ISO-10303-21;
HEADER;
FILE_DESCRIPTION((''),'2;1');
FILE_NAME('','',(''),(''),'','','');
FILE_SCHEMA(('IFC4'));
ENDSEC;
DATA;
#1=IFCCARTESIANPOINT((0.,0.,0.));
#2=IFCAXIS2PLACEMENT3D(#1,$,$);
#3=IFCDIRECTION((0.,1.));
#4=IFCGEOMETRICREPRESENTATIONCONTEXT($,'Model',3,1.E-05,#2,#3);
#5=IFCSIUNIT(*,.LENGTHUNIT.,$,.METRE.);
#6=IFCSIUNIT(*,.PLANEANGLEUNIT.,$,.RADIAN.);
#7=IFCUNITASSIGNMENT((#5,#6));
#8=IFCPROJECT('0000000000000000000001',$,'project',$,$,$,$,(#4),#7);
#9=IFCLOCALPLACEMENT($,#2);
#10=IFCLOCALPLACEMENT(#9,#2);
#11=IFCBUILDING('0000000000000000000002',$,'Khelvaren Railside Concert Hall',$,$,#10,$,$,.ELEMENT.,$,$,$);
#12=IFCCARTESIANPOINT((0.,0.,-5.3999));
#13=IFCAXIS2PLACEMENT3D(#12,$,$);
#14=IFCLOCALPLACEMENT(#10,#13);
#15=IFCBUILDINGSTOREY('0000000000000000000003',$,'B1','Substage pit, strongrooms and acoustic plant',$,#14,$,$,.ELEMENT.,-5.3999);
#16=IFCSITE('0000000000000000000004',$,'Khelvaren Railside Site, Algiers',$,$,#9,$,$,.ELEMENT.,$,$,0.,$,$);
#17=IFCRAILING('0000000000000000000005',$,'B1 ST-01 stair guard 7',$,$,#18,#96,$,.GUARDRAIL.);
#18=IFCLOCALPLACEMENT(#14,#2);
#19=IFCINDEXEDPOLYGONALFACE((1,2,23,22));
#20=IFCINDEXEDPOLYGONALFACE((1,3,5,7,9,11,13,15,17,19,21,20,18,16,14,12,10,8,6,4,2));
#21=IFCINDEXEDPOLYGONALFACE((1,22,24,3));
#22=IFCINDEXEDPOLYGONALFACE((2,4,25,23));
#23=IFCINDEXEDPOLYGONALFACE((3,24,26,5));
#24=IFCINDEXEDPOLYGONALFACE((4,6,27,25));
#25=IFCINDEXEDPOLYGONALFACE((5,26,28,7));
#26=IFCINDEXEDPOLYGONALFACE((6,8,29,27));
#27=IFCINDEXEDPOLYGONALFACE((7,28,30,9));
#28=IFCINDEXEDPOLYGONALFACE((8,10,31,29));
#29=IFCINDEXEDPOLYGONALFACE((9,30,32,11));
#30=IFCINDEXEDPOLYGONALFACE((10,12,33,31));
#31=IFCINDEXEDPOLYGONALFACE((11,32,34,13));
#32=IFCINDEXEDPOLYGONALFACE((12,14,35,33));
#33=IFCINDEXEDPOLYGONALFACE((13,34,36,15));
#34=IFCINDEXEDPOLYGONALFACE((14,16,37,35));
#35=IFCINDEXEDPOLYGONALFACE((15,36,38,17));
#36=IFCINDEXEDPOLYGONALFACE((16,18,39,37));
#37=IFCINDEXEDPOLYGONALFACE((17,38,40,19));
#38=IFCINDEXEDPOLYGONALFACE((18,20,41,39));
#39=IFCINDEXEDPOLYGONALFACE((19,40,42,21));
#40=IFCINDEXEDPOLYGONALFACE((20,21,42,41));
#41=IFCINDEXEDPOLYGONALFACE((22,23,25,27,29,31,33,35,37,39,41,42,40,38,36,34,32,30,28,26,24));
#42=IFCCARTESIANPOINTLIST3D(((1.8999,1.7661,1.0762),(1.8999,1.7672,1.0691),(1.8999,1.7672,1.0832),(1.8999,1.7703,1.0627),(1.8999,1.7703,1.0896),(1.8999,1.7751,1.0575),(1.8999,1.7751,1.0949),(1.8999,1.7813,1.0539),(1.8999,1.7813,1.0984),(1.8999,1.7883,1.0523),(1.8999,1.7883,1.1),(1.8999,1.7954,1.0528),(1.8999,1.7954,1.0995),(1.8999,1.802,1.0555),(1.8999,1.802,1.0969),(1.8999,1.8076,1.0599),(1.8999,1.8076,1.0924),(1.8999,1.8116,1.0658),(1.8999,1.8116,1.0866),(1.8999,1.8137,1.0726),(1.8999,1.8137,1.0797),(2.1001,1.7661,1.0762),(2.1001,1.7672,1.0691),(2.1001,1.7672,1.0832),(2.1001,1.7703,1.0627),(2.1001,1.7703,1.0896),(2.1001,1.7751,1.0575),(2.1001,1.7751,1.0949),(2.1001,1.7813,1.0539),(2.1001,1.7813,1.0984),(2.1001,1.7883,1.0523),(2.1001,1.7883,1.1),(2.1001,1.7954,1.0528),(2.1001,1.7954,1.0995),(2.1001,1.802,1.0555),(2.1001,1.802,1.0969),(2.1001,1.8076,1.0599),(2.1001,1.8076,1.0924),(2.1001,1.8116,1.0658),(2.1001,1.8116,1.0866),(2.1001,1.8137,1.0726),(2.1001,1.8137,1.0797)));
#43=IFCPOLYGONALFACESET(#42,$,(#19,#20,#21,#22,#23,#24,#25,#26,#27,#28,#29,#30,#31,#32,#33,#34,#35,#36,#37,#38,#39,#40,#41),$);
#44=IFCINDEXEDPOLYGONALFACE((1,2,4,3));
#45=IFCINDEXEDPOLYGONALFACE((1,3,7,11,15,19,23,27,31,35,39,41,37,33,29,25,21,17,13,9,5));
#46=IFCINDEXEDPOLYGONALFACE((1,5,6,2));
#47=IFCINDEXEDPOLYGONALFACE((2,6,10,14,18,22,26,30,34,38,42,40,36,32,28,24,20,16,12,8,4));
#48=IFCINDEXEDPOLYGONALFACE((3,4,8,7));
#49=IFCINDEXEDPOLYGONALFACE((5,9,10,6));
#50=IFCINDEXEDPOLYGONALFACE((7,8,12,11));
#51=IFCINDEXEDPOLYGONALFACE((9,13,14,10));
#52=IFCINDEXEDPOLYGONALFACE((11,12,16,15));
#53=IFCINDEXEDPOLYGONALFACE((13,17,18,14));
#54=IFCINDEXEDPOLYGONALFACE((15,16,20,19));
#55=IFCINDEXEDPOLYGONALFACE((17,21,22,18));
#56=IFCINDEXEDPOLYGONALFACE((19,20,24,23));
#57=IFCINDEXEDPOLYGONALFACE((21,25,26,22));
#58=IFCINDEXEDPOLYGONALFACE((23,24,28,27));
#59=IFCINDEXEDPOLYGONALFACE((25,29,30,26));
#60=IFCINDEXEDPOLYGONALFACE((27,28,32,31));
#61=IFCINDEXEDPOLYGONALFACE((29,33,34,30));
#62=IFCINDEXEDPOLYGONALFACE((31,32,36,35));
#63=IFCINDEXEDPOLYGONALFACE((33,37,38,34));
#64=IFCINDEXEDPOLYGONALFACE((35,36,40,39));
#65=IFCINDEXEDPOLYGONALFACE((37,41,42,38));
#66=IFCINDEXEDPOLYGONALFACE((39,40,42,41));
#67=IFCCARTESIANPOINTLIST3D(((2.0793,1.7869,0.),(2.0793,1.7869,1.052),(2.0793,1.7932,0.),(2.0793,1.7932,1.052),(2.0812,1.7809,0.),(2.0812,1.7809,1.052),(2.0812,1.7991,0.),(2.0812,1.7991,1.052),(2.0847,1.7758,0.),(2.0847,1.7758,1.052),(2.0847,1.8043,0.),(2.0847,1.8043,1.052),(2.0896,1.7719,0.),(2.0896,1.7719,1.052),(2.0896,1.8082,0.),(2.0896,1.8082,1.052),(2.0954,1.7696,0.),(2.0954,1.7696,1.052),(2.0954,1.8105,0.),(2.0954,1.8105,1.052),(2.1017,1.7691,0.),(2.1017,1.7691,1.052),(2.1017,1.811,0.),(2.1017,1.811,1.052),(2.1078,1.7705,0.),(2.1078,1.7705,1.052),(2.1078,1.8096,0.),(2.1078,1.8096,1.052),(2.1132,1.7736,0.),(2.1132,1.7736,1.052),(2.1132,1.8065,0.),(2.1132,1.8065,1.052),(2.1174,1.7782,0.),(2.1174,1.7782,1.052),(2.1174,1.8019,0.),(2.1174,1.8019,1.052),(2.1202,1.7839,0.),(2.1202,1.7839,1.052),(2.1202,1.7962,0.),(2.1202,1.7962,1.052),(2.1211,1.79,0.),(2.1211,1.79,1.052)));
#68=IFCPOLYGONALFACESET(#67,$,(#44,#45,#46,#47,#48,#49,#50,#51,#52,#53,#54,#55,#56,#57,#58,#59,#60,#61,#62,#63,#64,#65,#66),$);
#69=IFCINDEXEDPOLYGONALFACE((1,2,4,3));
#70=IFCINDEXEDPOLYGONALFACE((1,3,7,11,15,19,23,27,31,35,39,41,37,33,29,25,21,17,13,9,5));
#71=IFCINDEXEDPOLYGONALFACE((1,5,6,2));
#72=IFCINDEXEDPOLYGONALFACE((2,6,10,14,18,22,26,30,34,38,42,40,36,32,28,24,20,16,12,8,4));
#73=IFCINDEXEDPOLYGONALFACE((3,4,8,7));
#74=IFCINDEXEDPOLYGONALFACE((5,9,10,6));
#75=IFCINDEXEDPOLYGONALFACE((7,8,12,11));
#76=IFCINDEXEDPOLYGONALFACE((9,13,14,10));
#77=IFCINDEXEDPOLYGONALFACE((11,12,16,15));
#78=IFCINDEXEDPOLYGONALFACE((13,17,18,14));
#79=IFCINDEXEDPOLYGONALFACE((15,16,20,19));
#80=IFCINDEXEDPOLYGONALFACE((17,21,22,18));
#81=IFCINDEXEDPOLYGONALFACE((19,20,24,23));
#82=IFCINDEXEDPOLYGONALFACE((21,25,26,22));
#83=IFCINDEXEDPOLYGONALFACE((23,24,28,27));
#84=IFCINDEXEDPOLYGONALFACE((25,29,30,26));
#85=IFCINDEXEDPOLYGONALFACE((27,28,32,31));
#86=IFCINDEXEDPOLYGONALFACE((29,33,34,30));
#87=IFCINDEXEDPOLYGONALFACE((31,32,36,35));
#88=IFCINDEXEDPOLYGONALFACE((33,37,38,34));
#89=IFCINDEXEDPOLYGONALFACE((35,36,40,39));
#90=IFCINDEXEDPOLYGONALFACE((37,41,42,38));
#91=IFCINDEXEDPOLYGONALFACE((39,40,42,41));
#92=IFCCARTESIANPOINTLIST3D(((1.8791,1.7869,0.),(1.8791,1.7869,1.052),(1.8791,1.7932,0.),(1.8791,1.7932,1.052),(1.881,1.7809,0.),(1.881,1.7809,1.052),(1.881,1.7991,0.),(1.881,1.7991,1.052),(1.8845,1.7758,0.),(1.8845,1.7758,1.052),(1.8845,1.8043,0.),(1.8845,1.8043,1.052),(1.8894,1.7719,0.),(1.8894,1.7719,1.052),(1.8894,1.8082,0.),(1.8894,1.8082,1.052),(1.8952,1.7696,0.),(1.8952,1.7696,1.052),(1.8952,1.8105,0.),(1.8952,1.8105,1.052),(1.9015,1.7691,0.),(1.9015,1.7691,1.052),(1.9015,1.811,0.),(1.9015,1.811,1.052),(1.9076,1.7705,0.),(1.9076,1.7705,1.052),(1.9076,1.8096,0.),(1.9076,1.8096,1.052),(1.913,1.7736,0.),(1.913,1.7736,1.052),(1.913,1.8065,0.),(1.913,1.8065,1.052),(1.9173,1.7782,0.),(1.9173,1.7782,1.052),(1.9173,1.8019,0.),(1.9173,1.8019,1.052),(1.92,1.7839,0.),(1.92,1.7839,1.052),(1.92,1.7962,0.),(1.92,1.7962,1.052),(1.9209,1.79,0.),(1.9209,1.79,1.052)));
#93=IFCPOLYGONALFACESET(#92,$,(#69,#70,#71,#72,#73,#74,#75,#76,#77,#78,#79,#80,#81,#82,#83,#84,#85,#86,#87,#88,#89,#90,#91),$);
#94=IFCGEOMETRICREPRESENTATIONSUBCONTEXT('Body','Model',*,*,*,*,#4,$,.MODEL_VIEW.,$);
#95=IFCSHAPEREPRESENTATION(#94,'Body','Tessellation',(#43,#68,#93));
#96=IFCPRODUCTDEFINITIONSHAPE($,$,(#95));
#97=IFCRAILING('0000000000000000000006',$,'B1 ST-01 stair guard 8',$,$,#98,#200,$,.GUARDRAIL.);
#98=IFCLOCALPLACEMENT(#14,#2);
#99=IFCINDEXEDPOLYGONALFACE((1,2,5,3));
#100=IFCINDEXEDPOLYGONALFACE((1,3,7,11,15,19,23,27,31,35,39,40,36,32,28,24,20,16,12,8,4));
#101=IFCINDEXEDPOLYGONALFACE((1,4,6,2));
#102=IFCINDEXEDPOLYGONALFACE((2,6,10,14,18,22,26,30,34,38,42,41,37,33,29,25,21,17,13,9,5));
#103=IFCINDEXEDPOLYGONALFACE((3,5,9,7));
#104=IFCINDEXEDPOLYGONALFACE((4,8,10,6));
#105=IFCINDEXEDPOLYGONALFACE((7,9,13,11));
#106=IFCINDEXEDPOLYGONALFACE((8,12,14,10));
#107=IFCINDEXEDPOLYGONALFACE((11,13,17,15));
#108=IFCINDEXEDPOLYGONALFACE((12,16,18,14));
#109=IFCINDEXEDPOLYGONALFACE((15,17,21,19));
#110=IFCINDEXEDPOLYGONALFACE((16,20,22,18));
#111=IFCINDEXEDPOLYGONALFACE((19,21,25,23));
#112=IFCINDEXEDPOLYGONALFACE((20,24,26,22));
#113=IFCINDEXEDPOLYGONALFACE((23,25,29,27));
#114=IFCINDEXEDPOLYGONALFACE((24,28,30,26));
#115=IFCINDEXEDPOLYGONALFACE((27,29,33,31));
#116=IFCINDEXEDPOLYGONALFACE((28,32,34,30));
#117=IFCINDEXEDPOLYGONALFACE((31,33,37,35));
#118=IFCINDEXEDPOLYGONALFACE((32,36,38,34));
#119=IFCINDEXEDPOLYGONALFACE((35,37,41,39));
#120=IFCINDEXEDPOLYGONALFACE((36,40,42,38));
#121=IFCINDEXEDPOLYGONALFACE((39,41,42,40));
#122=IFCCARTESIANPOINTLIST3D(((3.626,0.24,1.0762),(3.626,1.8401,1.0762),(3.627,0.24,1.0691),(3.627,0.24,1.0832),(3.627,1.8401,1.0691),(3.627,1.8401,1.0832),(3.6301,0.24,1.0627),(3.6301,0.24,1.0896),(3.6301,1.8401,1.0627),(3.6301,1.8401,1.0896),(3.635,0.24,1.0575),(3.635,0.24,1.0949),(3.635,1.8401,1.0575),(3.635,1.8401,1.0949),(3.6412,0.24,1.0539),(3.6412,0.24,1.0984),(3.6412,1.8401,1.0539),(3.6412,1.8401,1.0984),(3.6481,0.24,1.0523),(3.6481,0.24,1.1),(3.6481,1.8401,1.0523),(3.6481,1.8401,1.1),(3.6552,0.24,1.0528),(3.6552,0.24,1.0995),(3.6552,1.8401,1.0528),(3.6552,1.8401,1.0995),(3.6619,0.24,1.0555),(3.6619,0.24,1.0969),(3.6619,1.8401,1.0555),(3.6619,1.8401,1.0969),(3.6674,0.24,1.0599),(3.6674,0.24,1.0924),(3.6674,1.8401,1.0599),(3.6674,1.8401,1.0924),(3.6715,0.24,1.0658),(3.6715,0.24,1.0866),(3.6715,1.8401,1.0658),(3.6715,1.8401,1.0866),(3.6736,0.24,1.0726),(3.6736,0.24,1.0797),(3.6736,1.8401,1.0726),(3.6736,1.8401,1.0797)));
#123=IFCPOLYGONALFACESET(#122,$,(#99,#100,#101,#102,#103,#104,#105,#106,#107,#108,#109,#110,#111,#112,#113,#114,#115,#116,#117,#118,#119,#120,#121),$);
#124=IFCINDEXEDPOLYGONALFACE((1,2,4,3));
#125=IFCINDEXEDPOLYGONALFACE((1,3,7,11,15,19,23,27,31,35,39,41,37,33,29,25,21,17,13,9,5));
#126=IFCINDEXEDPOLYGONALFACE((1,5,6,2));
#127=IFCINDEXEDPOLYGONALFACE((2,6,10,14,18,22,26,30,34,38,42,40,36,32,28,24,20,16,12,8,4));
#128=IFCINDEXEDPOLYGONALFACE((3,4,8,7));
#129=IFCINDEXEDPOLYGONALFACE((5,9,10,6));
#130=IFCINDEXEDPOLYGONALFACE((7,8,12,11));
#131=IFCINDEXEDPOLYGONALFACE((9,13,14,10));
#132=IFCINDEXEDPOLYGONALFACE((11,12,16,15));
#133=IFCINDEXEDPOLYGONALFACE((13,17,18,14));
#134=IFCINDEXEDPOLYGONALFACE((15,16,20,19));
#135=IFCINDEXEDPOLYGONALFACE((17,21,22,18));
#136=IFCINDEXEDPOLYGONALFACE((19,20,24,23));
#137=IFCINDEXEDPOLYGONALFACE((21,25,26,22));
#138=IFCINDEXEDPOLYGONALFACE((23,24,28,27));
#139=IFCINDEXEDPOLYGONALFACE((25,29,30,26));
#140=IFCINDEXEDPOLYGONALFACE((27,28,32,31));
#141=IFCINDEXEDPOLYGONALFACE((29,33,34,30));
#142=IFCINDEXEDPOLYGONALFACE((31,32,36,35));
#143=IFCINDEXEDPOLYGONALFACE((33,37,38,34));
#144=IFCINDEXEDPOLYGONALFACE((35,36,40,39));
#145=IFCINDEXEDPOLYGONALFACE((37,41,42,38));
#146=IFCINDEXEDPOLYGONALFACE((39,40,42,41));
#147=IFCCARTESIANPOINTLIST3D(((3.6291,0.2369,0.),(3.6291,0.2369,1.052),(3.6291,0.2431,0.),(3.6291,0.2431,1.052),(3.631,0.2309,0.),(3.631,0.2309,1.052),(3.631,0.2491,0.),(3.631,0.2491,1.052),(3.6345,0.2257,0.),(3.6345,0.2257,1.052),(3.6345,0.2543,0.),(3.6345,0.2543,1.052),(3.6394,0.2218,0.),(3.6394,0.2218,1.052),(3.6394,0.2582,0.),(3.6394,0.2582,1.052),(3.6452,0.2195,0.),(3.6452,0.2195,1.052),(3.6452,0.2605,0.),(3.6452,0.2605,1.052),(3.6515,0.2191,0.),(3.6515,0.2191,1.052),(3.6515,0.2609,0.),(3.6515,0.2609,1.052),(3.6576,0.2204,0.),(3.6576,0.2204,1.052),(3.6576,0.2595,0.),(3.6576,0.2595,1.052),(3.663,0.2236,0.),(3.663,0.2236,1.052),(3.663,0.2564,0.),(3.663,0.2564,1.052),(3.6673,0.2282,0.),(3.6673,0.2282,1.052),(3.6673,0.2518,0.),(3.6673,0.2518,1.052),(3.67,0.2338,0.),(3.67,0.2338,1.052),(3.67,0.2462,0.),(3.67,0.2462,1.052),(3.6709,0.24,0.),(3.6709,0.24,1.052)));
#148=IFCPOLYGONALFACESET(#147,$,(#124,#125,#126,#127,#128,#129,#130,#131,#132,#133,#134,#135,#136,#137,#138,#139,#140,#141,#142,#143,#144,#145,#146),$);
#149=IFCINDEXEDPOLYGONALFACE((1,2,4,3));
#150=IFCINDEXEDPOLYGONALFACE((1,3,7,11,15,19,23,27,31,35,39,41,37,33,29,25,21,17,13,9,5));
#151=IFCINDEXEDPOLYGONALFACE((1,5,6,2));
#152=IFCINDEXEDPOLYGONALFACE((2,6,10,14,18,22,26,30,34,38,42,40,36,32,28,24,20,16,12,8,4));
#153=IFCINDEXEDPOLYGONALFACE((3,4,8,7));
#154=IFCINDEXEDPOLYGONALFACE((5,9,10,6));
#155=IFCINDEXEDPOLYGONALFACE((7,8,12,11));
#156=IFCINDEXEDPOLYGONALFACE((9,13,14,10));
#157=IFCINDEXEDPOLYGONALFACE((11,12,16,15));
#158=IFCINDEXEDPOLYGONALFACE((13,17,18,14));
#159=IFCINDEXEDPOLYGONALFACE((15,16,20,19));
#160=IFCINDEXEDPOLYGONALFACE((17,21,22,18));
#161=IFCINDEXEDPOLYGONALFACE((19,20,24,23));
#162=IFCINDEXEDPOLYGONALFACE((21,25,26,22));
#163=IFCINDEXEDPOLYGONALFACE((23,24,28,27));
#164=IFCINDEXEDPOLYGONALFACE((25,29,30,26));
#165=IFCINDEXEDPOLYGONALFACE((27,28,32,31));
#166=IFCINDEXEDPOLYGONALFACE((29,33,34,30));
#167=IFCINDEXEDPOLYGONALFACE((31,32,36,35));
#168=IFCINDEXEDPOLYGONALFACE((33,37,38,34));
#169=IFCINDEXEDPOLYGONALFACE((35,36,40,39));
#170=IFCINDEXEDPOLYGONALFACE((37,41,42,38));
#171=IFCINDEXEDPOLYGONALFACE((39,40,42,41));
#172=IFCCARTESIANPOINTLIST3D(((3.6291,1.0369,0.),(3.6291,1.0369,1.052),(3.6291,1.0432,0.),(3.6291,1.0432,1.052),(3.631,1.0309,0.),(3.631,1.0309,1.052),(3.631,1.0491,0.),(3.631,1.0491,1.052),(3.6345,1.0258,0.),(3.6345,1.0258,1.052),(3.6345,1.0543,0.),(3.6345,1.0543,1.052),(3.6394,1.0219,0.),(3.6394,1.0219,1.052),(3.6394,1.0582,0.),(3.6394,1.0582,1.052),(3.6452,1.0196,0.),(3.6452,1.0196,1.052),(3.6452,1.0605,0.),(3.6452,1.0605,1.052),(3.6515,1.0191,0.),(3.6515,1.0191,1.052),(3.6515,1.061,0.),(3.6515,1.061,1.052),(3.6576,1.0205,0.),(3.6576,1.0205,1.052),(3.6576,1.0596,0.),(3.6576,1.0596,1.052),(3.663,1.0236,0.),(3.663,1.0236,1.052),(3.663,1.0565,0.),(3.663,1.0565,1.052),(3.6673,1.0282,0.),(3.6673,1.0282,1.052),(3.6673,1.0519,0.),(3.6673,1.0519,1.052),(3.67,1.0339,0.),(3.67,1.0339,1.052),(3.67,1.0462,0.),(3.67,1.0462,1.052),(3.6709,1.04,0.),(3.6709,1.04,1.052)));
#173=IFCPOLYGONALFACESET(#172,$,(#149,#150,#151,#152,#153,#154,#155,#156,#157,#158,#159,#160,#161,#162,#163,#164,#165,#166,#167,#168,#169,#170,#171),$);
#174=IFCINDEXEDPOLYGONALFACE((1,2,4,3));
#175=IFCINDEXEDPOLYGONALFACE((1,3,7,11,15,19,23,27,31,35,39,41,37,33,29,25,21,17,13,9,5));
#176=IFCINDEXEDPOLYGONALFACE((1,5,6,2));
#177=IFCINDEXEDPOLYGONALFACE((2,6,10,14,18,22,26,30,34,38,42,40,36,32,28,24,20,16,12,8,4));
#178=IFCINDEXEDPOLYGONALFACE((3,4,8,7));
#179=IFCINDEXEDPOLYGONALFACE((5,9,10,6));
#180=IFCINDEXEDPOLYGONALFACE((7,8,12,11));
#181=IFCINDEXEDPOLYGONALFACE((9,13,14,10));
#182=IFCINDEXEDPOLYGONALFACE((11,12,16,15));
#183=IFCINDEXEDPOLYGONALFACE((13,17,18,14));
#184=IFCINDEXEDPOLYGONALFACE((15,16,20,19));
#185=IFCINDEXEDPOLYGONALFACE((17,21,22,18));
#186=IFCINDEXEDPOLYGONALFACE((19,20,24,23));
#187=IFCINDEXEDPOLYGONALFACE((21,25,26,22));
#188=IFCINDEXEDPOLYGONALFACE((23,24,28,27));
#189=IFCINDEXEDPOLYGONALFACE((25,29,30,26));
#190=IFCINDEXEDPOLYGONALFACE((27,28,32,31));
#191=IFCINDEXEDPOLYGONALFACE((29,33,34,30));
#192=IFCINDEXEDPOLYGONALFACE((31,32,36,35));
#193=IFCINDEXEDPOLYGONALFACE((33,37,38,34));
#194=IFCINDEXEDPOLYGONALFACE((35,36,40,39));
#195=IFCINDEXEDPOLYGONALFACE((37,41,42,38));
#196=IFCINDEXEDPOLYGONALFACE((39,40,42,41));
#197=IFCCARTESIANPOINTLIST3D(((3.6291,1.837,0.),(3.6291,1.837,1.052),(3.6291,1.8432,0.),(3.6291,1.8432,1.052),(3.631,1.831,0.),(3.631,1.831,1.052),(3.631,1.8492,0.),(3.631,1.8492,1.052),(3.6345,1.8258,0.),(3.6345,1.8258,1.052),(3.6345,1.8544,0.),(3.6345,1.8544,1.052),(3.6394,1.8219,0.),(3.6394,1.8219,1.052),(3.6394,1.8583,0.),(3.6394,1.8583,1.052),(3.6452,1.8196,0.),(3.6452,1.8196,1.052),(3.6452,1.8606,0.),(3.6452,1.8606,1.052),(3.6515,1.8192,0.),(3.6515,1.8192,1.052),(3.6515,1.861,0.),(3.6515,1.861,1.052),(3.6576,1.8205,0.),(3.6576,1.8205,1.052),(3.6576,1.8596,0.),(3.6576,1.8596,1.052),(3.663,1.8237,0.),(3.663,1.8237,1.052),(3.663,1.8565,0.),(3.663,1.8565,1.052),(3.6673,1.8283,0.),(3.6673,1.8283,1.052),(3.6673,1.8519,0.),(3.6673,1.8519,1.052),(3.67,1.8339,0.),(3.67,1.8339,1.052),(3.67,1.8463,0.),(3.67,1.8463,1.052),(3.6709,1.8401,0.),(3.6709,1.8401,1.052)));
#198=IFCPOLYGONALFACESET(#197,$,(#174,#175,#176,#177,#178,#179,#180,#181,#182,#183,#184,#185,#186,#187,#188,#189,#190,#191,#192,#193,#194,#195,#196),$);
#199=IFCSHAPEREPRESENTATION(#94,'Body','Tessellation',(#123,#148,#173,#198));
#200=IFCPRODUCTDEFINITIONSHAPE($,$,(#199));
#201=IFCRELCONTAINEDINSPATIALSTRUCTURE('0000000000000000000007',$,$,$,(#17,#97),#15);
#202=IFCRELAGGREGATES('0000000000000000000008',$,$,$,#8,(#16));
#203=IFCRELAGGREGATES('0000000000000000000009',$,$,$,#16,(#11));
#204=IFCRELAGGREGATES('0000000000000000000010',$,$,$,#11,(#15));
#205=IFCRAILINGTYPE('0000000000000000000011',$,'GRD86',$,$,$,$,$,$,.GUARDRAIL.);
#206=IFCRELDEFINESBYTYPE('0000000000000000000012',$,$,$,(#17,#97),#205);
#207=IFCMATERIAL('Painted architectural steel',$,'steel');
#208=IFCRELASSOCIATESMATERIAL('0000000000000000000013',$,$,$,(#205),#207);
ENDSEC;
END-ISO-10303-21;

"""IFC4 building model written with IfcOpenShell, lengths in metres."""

from ifc_helpers import new_model, si_unit, direction, frame, origin, origin_2d, place, context, subcontext, project, spatial, circle, extrude, material, type_object, element, save


model = new_model("IFC4")

# Units and contexts
model_context = context("Model", 3, precision=1e-05, world=origin(), true_north=direction((0.0, 1.0)))
body_context = subcontext(model_context, "Body", "Model", "MODEL_VIEW")
ifc_project = project(units=[si_unit("LENGTHUNIT", "METRE"), si_unit("PLANEANGLEUNIT", "RADIAN")], contexts=[model_context])

# Site, building, storey
site_placement = place(None, origin())
site = spatial("IfcSite", under=ifc_project, at=site_placement, Name="Khelvaren Railside Site, Algiers", CompositionType="ELEMENT", RefElevation=0.0)
building_placement = place(site_placement, origin())
building = spatial("IfcBuilding", under=site, at=building_placement, Name="Khelvaren Railside Concert Hall", CompositionType="ELEMENT")
storey_placement = place(building_placement, frame((0.0, 0.0, -5.3999)))
storey = spatial("IfcBuildingStorey", under=building, at=storey_placement, Name="B1", Description="Substage pit, strongrooms and acoustic plant", CompositionType="ELEMENT", Elevation=-5.3999)

# Railings
ifc_material_1 = material(Name="Painted architectural steel", Category="steel")
railing_type_1 = type_object("IfcRailingType", Name="GRD86", PredefinedType="GUARDRAIL", material=ifc_material_1)
railing_1_placement = place(storey_placement, frame((2.1001, 1.79, 0.0)))
element("IfcRailing", 1, at=railing_1_placement, inside=storey, type_object=railing_type_1, Name="B1 ST-01 stair guard 7", PredefinedType="GUARDRAIL", context=body_context, shape_type="SweptSolid", body=[
    extrude(circle(Radius=0.0239, at=origin_2d()), frame((0.0, 0.0, 1.0762), z_axis=(-1.0, 0.0, 0.0), x_axis=(0.0, -1.0, 0.0)), (0.0, 0.0, 1.0), 0.2002),
    extrude(circle(Radius=0.021, at=origin_2d()), origin(), (0.0, 0.0, 1.0), 1.052),
    extrude(circle(Radius=0.021, at=origin_2d()), frame((-0.2002, 0.0, 0.0)), (0.0, 0.0, 1.0), 1.052),
])
railing_2_placement = place(storey_placement, frame((3.6499, 0.24, 0.0)))
element("IfcRailing", 2, at=railing_2_placement, inside=storey, type_object=railing_type_1, Name="B1 ST-01 stair guard 8", PredefinedType="GUARDRAIL", context=body_context, shape_type="SweptSolid", body=[
    extrude(circle(Radius=0.0239, at=origin_2d()), frame((0.0, 0.0, 1.0762), z_axis=(0.0, 1.0, 0.0), x_axis=(-1.0, 0.0, 0.0)), (0.0, 0.0, 1.0), 1.6001),
    extrude(circle(Radius=0.021, at=origin_2d()), origin(), (0.0, 0.0, 1.0), 1.052),
    extrude(circle(Radius=0.021, at=origin_2d()), frame((0.0, 0.8, 0.0)), (0.0, 0.0, 1.0), 1.052),
    extrude(circle(Radius=0.021, at=origin_2d()), frame((0.0, 1.6001, 0.0)), (0.0, 0.0, 1.0), 1.052),
])

save(model, "model.ifc")
